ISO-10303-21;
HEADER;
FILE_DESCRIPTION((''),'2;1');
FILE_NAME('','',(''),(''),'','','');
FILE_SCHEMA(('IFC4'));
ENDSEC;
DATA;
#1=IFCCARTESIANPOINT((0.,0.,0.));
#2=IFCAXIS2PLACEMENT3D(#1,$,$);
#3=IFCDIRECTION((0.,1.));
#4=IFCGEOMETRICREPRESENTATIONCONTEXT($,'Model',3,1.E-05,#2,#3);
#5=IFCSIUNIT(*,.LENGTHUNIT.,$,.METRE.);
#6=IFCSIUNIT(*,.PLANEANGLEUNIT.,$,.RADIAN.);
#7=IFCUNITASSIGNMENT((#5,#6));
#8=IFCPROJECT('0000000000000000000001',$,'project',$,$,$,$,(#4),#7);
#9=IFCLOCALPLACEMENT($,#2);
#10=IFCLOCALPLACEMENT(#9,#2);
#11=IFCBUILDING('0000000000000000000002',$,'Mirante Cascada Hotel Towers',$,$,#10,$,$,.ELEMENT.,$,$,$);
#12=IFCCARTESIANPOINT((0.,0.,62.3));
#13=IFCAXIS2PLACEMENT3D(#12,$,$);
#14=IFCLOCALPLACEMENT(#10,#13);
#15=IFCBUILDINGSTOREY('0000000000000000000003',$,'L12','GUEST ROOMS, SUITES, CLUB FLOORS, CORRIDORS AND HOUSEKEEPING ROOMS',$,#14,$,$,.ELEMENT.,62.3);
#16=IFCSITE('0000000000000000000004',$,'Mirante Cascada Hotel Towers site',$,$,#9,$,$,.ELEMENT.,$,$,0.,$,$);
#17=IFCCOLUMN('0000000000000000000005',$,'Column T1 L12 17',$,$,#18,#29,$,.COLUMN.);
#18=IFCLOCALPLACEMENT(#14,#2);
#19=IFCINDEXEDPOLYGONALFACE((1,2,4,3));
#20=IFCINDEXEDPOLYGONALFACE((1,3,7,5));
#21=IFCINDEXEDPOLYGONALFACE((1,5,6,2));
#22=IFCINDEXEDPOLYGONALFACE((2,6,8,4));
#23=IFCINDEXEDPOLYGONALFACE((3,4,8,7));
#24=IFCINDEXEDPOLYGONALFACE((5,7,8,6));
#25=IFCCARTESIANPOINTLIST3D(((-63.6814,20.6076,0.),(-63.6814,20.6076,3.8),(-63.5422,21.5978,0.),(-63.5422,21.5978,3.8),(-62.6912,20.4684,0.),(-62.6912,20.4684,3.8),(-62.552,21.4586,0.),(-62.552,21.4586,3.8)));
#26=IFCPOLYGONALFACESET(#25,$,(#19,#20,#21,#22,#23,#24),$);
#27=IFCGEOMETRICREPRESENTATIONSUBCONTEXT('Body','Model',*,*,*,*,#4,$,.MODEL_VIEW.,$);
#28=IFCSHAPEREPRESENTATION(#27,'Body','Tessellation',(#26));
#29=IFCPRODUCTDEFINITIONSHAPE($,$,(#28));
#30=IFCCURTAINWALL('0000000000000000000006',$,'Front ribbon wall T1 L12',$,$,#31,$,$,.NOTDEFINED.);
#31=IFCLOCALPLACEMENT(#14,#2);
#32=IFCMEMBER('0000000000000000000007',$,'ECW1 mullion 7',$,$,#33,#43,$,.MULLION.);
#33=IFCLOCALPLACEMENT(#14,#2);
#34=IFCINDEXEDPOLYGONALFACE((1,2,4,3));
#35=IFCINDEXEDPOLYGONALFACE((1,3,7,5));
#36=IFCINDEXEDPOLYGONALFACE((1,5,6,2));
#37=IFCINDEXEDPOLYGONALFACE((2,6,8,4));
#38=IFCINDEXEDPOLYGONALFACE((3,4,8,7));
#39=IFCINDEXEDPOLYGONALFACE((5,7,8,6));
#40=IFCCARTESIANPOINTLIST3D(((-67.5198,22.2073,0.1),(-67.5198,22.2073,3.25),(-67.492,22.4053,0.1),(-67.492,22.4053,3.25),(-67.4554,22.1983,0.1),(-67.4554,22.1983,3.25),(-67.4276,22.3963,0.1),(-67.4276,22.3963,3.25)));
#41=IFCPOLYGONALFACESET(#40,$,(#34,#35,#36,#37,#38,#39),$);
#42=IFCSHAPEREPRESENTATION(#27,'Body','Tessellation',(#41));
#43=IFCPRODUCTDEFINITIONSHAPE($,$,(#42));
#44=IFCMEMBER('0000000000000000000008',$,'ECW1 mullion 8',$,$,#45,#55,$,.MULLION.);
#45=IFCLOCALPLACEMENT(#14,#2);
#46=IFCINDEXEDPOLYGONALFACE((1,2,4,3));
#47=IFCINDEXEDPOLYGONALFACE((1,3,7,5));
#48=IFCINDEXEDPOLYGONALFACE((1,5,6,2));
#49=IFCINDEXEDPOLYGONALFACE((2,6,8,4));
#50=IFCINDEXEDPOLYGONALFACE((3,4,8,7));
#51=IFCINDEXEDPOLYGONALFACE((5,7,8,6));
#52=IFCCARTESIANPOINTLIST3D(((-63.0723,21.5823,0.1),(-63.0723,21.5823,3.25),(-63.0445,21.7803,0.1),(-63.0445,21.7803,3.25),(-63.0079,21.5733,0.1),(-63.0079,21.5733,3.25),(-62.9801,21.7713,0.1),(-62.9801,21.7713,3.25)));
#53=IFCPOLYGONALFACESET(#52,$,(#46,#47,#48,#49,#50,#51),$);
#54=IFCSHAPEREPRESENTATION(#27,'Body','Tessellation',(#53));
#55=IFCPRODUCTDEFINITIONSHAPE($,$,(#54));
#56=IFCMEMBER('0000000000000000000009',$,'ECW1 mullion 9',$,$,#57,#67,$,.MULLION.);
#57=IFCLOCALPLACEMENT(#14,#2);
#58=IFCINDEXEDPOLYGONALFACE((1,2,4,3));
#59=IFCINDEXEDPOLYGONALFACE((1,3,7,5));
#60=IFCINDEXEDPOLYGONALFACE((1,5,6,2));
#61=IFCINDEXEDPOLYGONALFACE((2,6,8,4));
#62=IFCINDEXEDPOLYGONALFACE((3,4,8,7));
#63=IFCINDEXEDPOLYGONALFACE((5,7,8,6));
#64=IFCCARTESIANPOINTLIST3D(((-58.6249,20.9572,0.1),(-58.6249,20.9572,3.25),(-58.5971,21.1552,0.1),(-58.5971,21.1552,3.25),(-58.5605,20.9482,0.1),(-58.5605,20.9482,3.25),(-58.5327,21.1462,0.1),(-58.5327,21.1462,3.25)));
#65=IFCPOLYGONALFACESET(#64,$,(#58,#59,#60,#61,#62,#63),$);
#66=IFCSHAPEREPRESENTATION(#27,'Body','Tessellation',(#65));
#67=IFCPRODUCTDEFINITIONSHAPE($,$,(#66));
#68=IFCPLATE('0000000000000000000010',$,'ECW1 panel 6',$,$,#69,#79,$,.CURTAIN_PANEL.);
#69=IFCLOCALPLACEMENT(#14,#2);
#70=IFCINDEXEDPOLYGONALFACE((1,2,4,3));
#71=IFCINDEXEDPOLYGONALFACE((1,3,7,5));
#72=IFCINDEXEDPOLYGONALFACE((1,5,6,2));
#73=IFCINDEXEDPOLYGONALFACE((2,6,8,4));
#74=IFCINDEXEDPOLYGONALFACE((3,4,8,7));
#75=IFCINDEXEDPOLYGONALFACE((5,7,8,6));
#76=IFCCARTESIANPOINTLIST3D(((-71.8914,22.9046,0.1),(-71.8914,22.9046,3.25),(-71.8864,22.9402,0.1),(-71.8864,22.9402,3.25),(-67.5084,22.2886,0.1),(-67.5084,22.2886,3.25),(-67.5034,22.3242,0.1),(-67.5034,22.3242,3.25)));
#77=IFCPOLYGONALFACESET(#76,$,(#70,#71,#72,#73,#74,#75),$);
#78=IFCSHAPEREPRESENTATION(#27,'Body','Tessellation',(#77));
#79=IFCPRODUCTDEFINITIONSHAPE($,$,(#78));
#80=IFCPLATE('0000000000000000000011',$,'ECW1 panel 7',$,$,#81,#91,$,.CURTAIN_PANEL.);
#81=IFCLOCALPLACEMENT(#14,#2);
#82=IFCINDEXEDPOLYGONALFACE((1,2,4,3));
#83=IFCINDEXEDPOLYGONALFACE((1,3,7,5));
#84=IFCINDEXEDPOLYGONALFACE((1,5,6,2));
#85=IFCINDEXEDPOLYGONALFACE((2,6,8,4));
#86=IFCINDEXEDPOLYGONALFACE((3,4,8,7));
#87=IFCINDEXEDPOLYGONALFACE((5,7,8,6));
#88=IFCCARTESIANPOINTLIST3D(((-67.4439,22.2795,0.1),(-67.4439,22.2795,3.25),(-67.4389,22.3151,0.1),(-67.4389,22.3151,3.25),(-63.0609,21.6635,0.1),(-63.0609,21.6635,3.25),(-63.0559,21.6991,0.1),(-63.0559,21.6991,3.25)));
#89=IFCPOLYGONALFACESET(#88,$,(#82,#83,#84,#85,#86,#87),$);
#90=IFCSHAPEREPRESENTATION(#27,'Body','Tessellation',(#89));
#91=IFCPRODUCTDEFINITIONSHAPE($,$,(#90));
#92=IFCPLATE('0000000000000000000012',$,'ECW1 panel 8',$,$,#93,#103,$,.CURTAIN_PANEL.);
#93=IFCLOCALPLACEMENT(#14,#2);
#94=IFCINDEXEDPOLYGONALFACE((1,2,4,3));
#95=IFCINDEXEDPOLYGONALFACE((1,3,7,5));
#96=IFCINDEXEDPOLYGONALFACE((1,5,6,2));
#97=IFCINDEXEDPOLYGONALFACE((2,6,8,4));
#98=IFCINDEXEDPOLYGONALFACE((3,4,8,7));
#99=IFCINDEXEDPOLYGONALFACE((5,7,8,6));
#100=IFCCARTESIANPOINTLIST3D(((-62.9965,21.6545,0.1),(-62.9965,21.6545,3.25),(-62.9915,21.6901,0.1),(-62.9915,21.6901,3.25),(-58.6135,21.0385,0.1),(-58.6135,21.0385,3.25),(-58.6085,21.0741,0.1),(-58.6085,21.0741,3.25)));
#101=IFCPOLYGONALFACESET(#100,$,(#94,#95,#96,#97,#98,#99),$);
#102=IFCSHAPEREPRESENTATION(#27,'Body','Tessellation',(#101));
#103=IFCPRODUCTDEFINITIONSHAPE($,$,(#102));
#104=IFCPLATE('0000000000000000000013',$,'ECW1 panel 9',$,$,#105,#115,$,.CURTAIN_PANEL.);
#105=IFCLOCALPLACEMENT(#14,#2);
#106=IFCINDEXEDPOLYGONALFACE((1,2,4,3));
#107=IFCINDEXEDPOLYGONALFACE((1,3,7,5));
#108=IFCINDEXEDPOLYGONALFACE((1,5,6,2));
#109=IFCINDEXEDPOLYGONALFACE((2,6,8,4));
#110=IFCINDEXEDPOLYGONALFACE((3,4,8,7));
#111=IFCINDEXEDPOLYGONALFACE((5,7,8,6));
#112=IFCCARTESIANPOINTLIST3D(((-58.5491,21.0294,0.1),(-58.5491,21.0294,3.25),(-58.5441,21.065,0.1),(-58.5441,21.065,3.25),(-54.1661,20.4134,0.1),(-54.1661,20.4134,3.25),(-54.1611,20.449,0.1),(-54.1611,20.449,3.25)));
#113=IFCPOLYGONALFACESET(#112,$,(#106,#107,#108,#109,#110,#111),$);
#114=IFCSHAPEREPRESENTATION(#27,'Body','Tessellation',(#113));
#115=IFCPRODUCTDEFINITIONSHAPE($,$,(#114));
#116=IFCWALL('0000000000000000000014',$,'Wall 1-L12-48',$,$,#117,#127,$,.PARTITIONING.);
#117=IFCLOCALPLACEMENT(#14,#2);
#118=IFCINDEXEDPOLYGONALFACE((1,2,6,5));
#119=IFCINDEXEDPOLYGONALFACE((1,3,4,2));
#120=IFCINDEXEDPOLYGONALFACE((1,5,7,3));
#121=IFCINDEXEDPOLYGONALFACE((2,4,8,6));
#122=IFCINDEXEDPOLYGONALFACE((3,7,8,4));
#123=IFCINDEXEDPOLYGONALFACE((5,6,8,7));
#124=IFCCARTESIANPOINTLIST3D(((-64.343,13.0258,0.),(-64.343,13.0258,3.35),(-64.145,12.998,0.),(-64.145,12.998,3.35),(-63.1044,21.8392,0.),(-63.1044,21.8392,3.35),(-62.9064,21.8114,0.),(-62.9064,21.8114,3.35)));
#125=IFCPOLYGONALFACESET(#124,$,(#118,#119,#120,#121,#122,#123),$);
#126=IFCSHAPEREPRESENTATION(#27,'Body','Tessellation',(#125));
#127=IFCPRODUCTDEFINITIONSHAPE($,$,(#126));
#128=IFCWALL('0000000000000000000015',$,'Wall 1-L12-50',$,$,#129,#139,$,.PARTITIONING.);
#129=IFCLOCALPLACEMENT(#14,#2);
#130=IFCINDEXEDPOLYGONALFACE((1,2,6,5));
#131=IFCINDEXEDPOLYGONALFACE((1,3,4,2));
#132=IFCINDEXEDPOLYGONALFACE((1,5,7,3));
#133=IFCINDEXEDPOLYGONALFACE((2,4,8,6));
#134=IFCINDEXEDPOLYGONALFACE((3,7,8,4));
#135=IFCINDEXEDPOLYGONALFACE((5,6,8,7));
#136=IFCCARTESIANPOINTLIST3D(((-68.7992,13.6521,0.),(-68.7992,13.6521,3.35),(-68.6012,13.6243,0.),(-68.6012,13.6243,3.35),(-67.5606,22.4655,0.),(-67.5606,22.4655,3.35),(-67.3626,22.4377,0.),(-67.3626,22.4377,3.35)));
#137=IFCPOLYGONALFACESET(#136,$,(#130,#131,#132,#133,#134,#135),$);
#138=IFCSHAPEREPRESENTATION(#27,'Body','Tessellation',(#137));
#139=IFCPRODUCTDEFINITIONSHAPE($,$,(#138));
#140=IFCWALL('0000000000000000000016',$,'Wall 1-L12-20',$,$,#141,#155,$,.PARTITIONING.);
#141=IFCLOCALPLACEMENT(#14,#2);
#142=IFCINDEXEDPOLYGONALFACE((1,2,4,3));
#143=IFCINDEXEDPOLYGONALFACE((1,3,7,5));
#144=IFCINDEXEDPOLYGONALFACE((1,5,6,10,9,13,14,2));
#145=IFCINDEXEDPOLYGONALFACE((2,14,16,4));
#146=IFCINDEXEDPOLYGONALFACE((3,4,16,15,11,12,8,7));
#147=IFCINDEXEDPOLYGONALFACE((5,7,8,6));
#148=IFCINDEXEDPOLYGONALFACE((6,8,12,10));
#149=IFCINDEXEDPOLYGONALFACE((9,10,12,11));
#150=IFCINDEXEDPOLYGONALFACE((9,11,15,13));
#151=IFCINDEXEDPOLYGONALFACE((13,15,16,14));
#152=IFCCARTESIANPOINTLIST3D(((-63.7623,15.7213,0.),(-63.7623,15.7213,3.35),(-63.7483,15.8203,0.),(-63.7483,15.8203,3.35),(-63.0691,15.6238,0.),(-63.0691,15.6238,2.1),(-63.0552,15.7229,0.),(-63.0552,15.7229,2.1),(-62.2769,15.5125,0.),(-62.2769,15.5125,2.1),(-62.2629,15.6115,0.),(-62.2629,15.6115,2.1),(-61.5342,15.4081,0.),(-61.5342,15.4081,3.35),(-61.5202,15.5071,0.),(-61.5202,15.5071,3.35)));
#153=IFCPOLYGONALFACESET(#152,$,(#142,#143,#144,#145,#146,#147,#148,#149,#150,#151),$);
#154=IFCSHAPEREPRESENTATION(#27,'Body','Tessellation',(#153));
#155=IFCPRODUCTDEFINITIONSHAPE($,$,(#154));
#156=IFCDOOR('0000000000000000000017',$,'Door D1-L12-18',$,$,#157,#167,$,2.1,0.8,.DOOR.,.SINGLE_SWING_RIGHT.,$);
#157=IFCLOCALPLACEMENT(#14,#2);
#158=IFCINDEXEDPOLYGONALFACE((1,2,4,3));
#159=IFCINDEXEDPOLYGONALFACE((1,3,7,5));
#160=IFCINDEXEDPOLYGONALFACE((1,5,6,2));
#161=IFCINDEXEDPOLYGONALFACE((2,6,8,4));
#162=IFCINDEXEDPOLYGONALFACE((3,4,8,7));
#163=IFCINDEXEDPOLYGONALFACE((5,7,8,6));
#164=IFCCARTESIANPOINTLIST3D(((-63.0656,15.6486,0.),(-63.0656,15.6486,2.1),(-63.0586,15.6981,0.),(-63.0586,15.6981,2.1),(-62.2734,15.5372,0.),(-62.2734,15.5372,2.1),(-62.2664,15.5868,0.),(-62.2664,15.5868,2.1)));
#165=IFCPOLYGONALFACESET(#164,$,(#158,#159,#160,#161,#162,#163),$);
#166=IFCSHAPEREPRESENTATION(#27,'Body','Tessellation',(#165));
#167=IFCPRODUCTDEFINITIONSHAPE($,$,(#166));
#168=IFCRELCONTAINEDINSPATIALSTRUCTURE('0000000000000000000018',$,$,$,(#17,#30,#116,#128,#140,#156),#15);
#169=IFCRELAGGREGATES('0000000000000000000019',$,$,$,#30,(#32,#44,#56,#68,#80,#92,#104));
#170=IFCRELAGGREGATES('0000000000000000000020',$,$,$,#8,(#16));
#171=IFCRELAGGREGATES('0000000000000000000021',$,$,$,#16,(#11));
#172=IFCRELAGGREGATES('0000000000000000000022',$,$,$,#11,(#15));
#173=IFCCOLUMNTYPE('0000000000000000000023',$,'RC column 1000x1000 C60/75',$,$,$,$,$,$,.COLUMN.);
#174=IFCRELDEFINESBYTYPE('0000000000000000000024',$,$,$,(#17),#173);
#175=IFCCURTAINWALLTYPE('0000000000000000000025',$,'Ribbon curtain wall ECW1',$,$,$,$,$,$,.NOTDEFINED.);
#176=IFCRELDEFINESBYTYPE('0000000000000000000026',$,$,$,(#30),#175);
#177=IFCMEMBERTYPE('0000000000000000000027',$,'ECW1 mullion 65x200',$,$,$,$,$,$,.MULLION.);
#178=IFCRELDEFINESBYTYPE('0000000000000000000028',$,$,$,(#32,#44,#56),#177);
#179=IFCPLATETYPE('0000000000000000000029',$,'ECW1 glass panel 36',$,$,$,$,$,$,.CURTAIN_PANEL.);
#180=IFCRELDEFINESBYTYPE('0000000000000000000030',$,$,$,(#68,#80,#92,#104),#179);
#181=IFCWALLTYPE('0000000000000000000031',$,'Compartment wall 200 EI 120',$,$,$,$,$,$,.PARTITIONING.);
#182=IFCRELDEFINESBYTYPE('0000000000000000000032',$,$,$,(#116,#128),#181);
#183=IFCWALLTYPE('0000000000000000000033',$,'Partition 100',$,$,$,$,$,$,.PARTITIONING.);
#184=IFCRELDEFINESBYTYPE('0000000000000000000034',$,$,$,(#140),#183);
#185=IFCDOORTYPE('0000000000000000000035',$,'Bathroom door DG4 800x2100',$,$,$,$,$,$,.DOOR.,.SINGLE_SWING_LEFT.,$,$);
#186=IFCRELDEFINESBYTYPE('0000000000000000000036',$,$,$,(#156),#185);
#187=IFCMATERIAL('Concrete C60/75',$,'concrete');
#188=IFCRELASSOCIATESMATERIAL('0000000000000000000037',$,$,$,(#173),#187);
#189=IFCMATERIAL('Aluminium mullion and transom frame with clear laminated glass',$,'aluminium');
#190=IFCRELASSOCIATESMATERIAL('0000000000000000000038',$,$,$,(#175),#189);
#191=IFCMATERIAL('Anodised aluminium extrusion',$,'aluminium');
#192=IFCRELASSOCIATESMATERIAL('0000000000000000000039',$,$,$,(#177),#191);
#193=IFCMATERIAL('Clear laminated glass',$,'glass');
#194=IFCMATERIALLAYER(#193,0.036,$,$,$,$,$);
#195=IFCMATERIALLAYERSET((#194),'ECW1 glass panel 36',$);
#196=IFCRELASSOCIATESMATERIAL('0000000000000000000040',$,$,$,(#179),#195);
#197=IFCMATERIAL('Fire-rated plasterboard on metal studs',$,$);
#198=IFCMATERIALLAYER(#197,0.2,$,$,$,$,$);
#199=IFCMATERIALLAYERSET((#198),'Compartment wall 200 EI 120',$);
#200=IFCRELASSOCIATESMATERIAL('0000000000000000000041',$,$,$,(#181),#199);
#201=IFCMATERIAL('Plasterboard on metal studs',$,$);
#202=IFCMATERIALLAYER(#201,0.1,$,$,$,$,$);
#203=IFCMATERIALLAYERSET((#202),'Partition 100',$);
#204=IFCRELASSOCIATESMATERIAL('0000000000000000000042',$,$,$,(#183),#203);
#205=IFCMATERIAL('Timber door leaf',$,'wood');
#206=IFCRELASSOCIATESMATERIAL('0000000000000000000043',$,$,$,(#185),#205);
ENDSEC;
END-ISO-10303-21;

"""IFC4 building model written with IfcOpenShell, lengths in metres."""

from ifc_helpers import new_model, si_unit, direction, frame, frame_2d, origin, origin_2d, place, context, subcontext, project, spatial, rectangle, extrude, material, layer, layer_set, material_profile, profile_set, type_object, element, fill, aggregate, save


model = new_model("IFC4")

# Units and contexts
model_context = context("Model", 3, precision=1e-05, world=origin(), true_north=direction((0.0, 1.0)))
body_context = subcontext(model_context, "Body", "Model", "MODEL_VIEW")
ifc_project = project(units=[si_unit("LENGTHUNIT", "METRE"), si_unit("PLANEANGLEUNIT", "RADIAN")], contexts=[model_context])

# Site, building, storey
site_placement = place(None, origin())
site = spatial("IfcSite", under=ifc_project, at=site_placement, Name="Mirante Cascada Hotel Towers site", CompositionType="ELEMENT", RefElevation=0.0)
building_placement = place(site_placement, origin())
building = spatial("IfcBuilding", under=site, at=building_placement, Name="Mirante Cascada Hotel Towers", CompositionType="ELEMENT")
storey_placement = place(building_placement, frame((0.0, 0.0, 62.3)))
storey = spatial("IfcBuildingStorey", under=building, at=storey_placement, Name="L12", Description="GUEST ROOMS, SUITES, CLUB FLOORS, CORRIDORS AND HOUSEKEEPING ROOMS", CompositionType="ELEMENT", Elevation=62.3)

# Column
ifc_material_1 = material(Name="Concrete C60/75", Category="concrete")
ifc_material_profile_1 = material_profile(ifc_material_1, rectangle(XDim=1.0, YDim=1.0, at=origin_2d()), Name="RC column 1000x1000 C60/75")
ifc_profile_set_1 = profile_set([ifc_material_profile_1], Name="Concrete C60/75")
column_type = type_object("IfcColumnType", Name="RC column 1000x1000 C60/75", PredefinedType="COLUMN", material=ifc_profile_set_1)
column_placement = place(storey_placement, frame((-63.1167, 21.0331, 0.0), z_axis=(0.0, 0.0, 1.0), x_axis=(-0.990268, 0.139173, 0.0)))
element("IfcColumn", 1, at=column_placement, inside=storey, type_object=column_type, Name="Column T1 L12 17", PredefinedType="COLUMN", context=body_context, shape_type="SweptSolid", body=[
    extrude(rectangle(XDim=1.0, YDim=1.0, at=origin_2d()), origin(), (0.0, 0.0, 1.0), 3.8),
])

# Curtain wall, members, plates
ifc_material_2 = material(Name="Aluminium mullion and transom frame with clear laminated glass", Category="aluminium")
curtain_wall_type = type_object("IfcCurtainWallType", Name="Ribbon curtain wall ECW1", PredefinedType="NOTDEFINED", material=ifc_material_2)
curtain_wall_placement = place(storey_placement, origin())
curtain_wall = element("IfcCurtainWall", 2, at=curtain_wall_placement, inside=storey, type_object=curtain_wall_type, Name="Front ribbon wall T1 L12", PredefinedType="NOTDEFINED")
ifc_material_3 = material(Name="Anodised aluminium extrusion", Category="aluminium")
ifc_material_profile_2 = material_profile(ifc_material_3, rectangle(XDim=0.2, YDim=0.065, at=origin_2d()), Name="ECW1 MULLION 65x200")
ifc_profile_set_2 = profile_set([ifc_material_profile_2], Name="Anodised aluminium extrusion")
member_type = type_object("IfcMemberType", Name="ECW1 mullion 65x200", PredefinedType="MULLION", material=ifc_profile_set_2)
member_1_placement = place(storey_placement, frame((-67.4737, 22.3018, 0.1), z_axis=(0.0, 0.0, 1.0), x_axis=(0.139173, 0.990268, 0.0)))
member_1 = element("IfcMember", 3, at=member_1_placement, type_object=member_type, Name="ECW1 mullion 7", PredefinedType="MULLION", context=body_context, shape_type="SweptSolid", body=[
    extrude(rectangle(XDim=0.2, YDim=0.065, at=origin_2d()), origin(), (0.0, 0.0, 1.0), 3.15),
])
member_2_placement = place(storey_placement, frame((-63.0262, 21.6768, 0.1), z_axis=(0.0, 0.0, 1.0), x_axis=(0.139173, 0.990268, 0.0)))
member_2 = element("IfcMember", 4, at=member_2_placement, type_object=member_type, Name="ECW1 mullion 8", PredefinedType="MULLION", context=body_context, shape_type="SweptSolid", body=[
    extrude(rectangle(XDim=0.2, YDim=0.065, at=origin_2d()), origin(), (0.0, 0.0, 1.0), 3.15),
])
member_3_placement = place(storey_placement, frame((-58.5788, 21.0517, 0.1), z_axis=(0.0, 0.0, 1.0), x_axis=(0.139173, 0.990268, 0.0)))
member_3 = element("IfcMember", 5, at=member_3_placement, type_object=member_type, Name="ECW1 mullion 9", PredefinedType="MULLION", context=body_context, shape_type="SweptSolid", body=[
    extrude(rectangle(XDim=0.2, YDim=0.065, at=origin_2d()), origin(), (0.0, 0.0, 1.0), 3.15),
])
ifc_material_4 = material(Name="Clear laminated glass", Category="glass")
ifc_layer_1 = layer(ifc_material_4, 0.036)
ifc_layer_set_1 = layer_set([ifc_layer_1], Name="ECW1 glass panel 36")
plate_type = type_object("IfcPlateType", Name="ECW1 glass panel 36", PredefinedType="CURTAIN_PANEL", material=ifc_layer_set_1)
plate_1_placement = place(storey_placement, frame((-69.6974, 22.6144, 0.1), z_axis=(0.0, 0.0, 1.0), x_axis=(0.990268, -0.139173, 0.0)))
plate_1 = element("IfcPlate", 6, at=plate_1_placement, type_object=plate_type, Name="ECW1 panel 6", PredefinedType="CURTAIN_PANEL", context=body_context, shape_type="SweptSolid", body=[
    extrude(rectangle(XDim=4.4261, YDim=0.036, at=origin_2d()), origin(), (0.0, 0.0, 1.0), 3.15),
])
plate_2_placement = place(storey_placement, frame((-65.2499, 21.9893, 0.1), z_axis=(0.0, 0.0, 1.0), x_axis=(0.990268, -0.139173, 0.0)))
plate_2 = element("IfcPlate", 7, at=plate_2_placement, type_object=plate_type, Name="ECW1 panel 7", PredefinedType="CURTAIN_PANEL", context=body_context, shape_type="SweptSolid", body=[
    extrude(rectangle(XDim=4.4261, YDim=0.036, at=origin_2d()), origin(), (0.0, 0.0, 1.0), 3.15),
])
plate_3_placement = place(storey_placement, frame((-60.8025, 21.3643, 0.1), z_axis=(0.0, 0.0, 1.0), x_axis=(0.990268, -0.139173, 0.0)))
plate_3 = element("IfcPlate", 8, at=plate_3_placement, type_object=plate_type, Name="ECW1 panel 8", PredefinedType="CURTAIN_PANEL", context=body_context, shape_type="SweptSolid", body=[
    extrude(rectangle(XDim=4.4261, YDim=0.036, at=origin_2d()), origin(), (0.0, 0.0, 1.0), 3.15),
])
plate_4_placement = place(storey_placement, frame((-56.3551, 20.7392, 0.1), z_axis=(0.0, 0.0, 1.0), x_axis=(0.990268, -0.139173, 0.0)))
plate_4 = element("IfcPlate", 9, at=plate_4_placement, type_object=plate_type, Name="ECW1 panel 9", PredefinedType="CURTAIN_PANEL", context=body_context, shape_type="SweptSolid", body=[
    extrude(rectangle(XDim=4.4261, YDim=0.036, at=origin_2d()), origin(), (0.0, 0.0, 1.0), 3.15),
])
aggregate(curtain_wall, [member_1, member_2, member_3, plate_1, plate_2, plate_3, plate_4])

# Walls
ifc_material_5 = material(Name="Fire-rated plasterboard on metal studs")
ifc_layer_2 = layer(ifc_material_5, 0.2)
ifc_layer_set_2 = layer_set([ifc_layer_2], Name="Compartment wall 200 EI 120")
wall_type_1 = type_object("IfcWallType", Name="Compartment wall 200 EI 120", PredefinedType="PARTITIONING", material=ifc_layer_set_2)
for number, where, z_axis, x_axis, name in (
    (10, (-63.0054, 21.8253, 0.0), (0.0, 0.0, 1.0), (-0.139168, -0.990269, 0.0), "Wall 1-L12-48"),
    (11, (-67.4616, 22.4516, 0.0), (0.0, 0.0, 1.0), (-0.139168, -0.990269, 0.0), "Wall 1-L12-50"),
):
    element("IfcWall", number, at=place(storey_placement, frame(where, z_axis=z_axis, x_axis=x_axis)), inside=storey, type_object=wall_type_1, Name=name, PredefinedType="PARTITIONING", context=body_context, shape_type="SweptSolid", body=[
        extrude(rectangle(XDim=8.9, YDim=0.2, at=frame_2d((4.45, 0.0))), origin(), (0.0, 0.0, 1.0), 3.35),
    ])

# Wall, opening, door
ifc_material_6 = material(Name="Plasterboard on metal studs")
ifc_layer_3 = layer(ifc_material_6, 0.1)
ifc_layer_set_3 = layer_set([ifc_layer_3], Name="Partition 100")
wall_type_2 = type_object("IfcWallType", Name="Partition 100", PredefinedType="PARTITIONING", material=ifc_layer_set_3)
wall_1_placement = place(storey_placement, frame((-63.7553, 15.7708, 0.0), z_axis=(0.0, 0.0, 1.0), x_axis=(0.990264, -0.1392, 0.0)))
wall_1 = element("IfcWall", 12, at=wall_1_placement, inside=storey, type_object=wall_type_2, Name="Wall 1-L12-20", PredefinedType="PARTITIONING", context=body_context, shape_type="SweptSolid", body=[
    extrude(rectangle(XDim=2.25, YDim=0.1, at=frame_2d((1.125, 0.0))), origin(), (0.0, 0.0, 1.0), 3.35),
])
opening_1_placement = place(wall_1_placement, frame((0.7, 0.0, 0.0)))
opening_1 = element("IfcOpeningElement", 13, at=opening_1_placement, cuts=wall_1, PredefinedType="OPENING", context=body_context, shape_type="SweptSolid", body=[
    extrude(rectangle(XDim=0.8, YDim=2.1, at=frame_2d((0.4, 1.05))), frame((0.0, 0.05, 0.0), z_axis=(0.0, -1.0, 0.0), x_axis=(1.0, 0.0, 0.0)), (0.0, 0.0, 1.0), 0.1),
])
ifc_material_7 = material(Name="Timber door leaf", Category="wood")
door_type = type_object("IfcDoorType", Name="Bathroom door DG4 800x2100", OperationType="SINGLE_SWING_LEFT", PredefinedType="DOOR", material=ifc_material_7)
door_1_placement = place(opening_1_placement, frame((0.8, 0.0, 0.0), z_axis=(0.0, 0.0, 1.0), x_axis=(-1.0, 0.0, 0.0)))
door_1 = element("IfcDoor", 14, at=door_1_placement, inside=storey, type_object=door_type, Name="Door D1-L12-18", OperationType="SINGLE_SWING_RIGHT", OverallHeight=2.1, OverallWidth=0.8, PredefinedType="DOOR", context=body_context, shape_type="SweptSolid", body=[
    extrude(rectangle(XDim=0.8, YDim=2.1, at=frame_2d((0.4, 1.05))), frame((0.0, 0.025, 0.0), z_axis=(0.0, -1.0, 0.0), x_axis=(1.0, 0.0, 0.0)), (0.0, 0.0, 1.0), 0.05),
])
fill(opening_1, door_1)

save(model, "model.ifc")
